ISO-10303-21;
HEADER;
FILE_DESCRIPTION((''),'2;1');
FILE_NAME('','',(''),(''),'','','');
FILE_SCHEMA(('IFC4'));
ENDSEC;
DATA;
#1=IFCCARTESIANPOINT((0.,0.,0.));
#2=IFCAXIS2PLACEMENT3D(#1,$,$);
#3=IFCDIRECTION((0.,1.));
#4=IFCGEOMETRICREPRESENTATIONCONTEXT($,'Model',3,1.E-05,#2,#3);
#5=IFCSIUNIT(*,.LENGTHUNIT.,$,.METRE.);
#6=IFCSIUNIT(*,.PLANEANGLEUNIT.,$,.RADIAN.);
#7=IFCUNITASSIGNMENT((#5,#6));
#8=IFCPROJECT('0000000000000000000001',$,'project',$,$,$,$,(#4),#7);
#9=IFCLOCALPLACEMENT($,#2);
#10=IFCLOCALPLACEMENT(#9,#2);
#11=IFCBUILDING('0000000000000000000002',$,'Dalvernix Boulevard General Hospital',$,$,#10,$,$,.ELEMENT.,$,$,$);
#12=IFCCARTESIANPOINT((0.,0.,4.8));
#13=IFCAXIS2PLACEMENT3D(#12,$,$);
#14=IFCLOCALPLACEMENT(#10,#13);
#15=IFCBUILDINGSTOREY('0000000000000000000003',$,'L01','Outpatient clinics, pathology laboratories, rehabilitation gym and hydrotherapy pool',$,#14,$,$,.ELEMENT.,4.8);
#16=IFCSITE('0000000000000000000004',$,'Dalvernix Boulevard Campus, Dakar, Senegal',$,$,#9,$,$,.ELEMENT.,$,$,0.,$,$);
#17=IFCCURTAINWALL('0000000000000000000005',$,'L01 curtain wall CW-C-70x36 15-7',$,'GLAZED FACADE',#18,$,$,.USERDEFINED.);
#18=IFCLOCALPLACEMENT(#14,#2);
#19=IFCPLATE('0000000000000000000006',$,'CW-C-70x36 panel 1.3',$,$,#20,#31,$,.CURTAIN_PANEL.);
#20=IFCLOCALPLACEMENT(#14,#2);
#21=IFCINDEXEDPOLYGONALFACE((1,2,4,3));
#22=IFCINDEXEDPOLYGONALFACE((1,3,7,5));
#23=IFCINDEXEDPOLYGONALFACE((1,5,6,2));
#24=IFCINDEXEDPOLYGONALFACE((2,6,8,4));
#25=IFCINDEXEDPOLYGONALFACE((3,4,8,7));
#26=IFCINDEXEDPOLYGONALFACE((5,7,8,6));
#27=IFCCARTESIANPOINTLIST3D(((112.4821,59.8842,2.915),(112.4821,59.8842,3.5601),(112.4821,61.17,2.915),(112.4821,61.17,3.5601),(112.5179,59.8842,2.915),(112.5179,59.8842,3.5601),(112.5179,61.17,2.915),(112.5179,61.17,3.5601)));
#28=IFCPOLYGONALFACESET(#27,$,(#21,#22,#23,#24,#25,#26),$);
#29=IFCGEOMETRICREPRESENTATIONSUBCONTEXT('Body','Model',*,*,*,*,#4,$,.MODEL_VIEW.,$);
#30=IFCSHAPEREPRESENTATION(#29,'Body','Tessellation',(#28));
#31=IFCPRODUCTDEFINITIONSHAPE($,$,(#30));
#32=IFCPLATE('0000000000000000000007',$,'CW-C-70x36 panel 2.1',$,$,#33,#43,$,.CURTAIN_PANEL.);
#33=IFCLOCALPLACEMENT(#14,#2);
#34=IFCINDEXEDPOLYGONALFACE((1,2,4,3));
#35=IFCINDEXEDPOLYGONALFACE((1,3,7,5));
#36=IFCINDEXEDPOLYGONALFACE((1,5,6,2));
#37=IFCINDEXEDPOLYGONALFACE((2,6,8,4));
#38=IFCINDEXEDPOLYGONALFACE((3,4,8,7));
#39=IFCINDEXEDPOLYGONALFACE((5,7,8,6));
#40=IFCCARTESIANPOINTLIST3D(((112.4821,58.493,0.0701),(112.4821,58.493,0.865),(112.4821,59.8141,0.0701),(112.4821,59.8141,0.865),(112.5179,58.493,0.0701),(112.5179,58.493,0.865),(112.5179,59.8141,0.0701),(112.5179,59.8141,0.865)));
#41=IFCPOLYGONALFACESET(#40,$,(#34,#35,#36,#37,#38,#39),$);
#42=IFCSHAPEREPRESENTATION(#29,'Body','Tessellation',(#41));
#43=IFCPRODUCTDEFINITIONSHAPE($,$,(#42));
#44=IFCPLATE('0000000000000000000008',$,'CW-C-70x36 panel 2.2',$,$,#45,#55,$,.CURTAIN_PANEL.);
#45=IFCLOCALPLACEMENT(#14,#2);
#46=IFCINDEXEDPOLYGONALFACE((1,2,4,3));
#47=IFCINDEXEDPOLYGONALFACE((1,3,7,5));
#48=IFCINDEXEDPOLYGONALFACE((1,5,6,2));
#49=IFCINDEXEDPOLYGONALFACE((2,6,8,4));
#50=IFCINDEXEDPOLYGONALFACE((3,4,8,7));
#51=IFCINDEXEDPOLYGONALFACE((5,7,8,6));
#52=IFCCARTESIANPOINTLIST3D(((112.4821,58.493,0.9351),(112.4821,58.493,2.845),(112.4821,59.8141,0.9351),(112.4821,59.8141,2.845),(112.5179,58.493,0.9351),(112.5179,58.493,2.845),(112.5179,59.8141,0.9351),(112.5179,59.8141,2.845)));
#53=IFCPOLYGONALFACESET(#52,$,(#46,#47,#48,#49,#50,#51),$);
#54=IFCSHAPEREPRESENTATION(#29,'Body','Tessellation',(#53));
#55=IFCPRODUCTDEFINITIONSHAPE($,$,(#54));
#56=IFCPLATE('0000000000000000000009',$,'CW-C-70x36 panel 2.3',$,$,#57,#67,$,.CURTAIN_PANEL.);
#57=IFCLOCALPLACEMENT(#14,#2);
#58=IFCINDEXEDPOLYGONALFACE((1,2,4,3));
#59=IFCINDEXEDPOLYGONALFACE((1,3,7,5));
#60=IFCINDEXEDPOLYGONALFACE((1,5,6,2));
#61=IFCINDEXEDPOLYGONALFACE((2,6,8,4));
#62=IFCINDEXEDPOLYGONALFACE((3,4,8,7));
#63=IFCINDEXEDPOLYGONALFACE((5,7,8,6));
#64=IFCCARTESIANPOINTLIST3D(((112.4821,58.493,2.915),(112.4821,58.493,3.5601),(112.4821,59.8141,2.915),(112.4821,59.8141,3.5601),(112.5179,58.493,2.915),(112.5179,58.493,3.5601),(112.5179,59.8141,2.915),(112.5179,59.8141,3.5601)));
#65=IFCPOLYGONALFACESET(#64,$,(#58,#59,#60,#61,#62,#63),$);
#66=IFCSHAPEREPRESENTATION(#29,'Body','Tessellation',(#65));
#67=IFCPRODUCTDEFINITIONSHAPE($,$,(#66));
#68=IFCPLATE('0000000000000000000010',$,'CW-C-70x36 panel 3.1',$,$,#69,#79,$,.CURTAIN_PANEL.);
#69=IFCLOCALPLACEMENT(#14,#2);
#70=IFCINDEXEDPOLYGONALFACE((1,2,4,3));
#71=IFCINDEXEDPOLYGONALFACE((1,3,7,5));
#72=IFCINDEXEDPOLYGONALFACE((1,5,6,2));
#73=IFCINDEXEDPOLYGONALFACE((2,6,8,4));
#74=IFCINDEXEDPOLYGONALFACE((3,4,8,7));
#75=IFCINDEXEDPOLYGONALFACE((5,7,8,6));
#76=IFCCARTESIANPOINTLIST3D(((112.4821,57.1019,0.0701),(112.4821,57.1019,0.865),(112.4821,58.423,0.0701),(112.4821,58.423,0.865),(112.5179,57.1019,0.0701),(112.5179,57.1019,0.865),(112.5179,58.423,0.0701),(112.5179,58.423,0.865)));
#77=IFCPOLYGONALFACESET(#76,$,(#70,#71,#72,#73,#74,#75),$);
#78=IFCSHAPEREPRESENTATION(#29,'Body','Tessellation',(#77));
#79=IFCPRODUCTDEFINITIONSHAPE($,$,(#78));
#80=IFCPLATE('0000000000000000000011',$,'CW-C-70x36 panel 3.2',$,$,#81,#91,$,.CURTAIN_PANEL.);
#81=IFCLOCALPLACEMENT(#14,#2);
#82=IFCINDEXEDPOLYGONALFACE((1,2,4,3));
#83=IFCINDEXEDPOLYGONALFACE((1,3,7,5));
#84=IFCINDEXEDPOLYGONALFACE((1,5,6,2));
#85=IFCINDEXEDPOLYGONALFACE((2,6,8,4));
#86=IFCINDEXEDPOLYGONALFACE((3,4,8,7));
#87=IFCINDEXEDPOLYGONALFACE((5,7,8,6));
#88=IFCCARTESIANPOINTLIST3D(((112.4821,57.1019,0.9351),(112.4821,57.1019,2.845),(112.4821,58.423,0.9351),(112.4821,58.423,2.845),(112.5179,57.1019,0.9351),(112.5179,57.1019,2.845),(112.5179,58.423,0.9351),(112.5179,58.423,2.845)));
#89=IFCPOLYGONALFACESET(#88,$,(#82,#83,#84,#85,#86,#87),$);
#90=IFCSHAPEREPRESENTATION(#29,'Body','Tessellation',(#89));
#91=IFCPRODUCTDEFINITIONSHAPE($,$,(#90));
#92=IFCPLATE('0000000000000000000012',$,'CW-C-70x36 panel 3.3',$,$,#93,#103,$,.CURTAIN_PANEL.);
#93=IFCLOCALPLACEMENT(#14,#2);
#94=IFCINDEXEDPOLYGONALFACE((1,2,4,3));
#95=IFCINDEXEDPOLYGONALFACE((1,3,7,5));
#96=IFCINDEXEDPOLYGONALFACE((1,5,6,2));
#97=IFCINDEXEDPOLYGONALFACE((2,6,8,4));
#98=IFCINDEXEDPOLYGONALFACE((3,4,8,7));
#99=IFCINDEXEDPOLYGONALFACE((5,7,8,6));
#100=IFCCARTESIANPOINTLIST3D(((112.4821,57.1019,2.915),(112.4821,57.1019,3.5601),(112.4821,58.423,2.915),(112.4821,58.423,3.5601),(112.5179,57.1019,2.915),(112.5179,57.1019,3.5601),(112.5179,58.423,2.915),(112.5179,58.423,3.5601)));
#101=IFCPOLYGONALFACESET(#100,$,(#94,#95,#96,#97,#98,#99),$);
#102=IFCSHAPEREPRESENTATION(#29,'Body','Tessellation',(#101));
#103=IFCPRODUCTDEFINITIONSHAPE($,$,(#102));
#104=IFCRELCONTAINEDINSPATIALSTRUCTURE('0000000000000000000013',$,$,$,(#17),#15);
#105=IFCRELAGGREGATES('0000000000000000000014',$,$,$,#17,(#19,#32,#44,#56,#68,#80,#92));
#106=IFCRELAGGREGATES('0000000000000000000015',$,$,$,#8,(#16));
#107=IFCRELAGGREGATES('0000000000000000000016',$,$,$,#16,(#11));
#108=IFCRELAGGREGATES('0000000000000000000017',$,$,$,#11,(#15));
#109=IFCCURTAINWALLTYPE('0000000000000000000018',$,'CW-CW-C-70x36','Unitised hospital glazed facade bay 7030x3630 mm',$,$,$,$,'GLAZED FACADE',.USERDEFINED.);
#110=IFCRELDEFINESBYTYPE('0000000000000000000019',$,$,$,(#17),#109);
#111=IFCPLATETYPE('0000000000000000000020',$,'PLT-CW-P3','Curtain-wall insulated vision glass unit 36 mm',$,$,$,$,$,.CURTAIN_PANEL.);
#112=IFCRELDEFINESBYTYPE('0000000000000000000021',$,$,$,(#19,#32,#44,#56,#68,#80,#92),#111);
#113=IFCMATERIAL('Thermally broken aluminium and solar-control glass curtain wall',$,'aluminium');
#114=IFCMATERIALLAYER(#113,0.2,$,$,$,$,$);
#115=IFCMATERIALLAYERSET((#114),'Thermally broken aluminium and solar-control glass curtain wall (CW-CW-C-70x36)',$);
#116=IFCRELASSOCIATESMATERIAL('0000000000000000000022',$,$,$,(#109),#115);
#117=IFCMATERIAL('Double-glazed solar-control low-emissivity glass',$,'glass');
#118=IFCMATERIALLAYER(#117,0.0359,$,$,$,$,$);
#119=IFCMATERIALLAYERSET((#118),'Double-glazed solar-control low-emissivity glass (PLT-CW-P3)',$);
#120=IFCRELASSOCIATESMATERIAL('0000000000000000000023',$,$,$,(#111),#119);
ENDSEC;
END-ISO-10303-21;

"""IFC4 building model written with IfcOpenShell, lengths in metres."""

from ifc_helpers import new_model, si_unit, direction, frame, origin, origin_2d, place, context, subcontext, project, spatial, rectangle, extrude, material, layer, layer_set, type_object, element, aggregate, save


model = new_model("IFC4")

# Units and contexts
model_context = context("Model", 3, precision=1e-05, world=origin(), true_north=direction((0.0, 1.0)))
body_context = subcontext(model_context, "Body", "Model", "MODEL_VIEW")
ifc_project = project(units=[si_unit("LENGTHUNIT", "METRE"), si_unit("PLANEANGLEUNIT", "RADIAN")], contexts=[model_context])

# Site, building, storey
site_placement = place(None, origin())
site = spatial("IfcSite", under=ifc_project, at=site_placement, Name="Dalvernix Boulevard Campus, Dakar, Senegal", CompositionType="ELEMENT", RefElevation=0.0)
building_placement = place(site_placement, origin())
building = spatial("IfcBuilding", under=site, at=building_placement, Name="Dalvernix Boulevard General Hospital", CompositionType="ELEMENT")
storey_placement = place(building_placement, frame((0.0, 0.0, 4.8)))
storey = spatial("IfcBuildingStorey", under=building, at=storey_placement, Name="L01", Description="Outpatient clinics, pathology laboratories, rehabilitation gym and hydrotherapy pool", CompositionType="ELEMENT", Elevation=4.8)

# Curtain wall, plates
ifc_material_1 = material(Name="Thermally broken aluminium and solar-control glass curtain wall", Category="aluminium")
ifc_layer_1 = layer(ifc_material_1, 0.2)
ifc_layer_set_1 = layer_set([ifc_layer_1], Name="Thermally broken aluminium and solar-control glass curtain wall (CW-CW-C-70x36)")
curtain_wall_type = type_object("IfcCurtainWallType", Name="CW-CW-C-70x36", Description="Unitised hospital glazed facade bay 7030x3630 mm", ElementType="GLAZED FACADE", PredefinedType="USERDEFINED", material=ifc_layer_set_1)
curtain_wall_placement = place(storey_placement, origin())
curtain_wall = element("IfcCurtainWall", 1, at=curtain_wall_placement, inside=storey, type_object=curtain_wall_type, Name="L01 curtain wall CW-C-70x36 15-7", ObjectType="GLAZED FACADE", PredefinedType="USERDEFINED")
ifc_material_2 = material(Name="Double-glazed solar-control low-emissivity glass", Category="glass")
ifc_layer_2 = layer(ifc_material_2, 0.0359)
ifc_layer_set_2 = layer_set([ifc_layer_2], Name="Double-glazed solar-control low-emissivity glass (PLT-CW-P3)")
plate_type = type_object("IfcPlateType", Name="PLT-CW-P3", Description="Curtain-wall insulated vision glass unit 36 mm", PredefinedType="CURTAIN_PANEL", material=ifc_layer_set_2)
plate_1_placement = place(storey_placement, frame((112.5, 60.5271, 2.915), z_axis=(0.0, 0.0, 1.0), x_axis=(0.0, -1.0, 0.0)))
plate_1 = element("IfcPlate", 2, at=plate_1_placement, type_object=plate_type, Name="CW-C-70x36 panel 1.3", PredefinedType="CURTAIN_PANEL", context=body_context, shape_type="SweptSolid", body=[
    extrude(rectangle(XDim=1.2859, YDim=0.0359, at=origin_2d()), origin(), (0.0, 0.0, 1.0), 0.645),
])
plate_2_placement = place(storey_placement, frame((112.5, 59.1536, 0.0701), z_axis=(0.0, 0.0, 1.0), x_axis=(0.0, -1.0, 0.0)))
plate_2 = element("IfcPlate", 3, at=plate_2_placement, type_object=plate_type, Name="CW-C-70x36 panel 2.1", PredefinedType="CURTAIN_PANEL", context=body_context, shape_type="SweptSolid", body=[
    extrude(rectangle(XDim=1.321, YDim=0.0359, at=origin_2d()), origin(), (0.0, 0.0, 1.0), 0.7949),
])
plate_3_placement = place(storey_placement, frame((112.5, 59.1536, 0.9351), z_axis=(0.0, 0.0, 1.0), x_axis=(0.0, -1.0, 0.0)))
plate_3 = element("IfcPlate", 4, at=plate_3_placement, type_object=plate_type, Name="CW-C-70x36 panel 2.2", PredefinedType="CURTAIN_PANEL", context=body_context, shape_type="SweptSolid", body=[
    extrude(rectangle(XDim=1.321, YDim=0.0359, at=origin_2d()), origin(), (0.0, 0.0, 1.0), 1.9099),
])
plate_4_placement = place(storey_placement, frame((112.5, 59.1536, 2.915), z_axis=(0.0, 0.0, 1.0), x_axis=(0.0, -1.0, 0.0)))
plate_4 = element("IfcPlate", 5, at=plate_4_placement, type_object=plate_type, Name="CW-C-70x36 panel 2.3", PredefinedType="CURTAIN_PANEL", context=body_context, shape_type="SweptSolid", body=[
    extrude(rectangle(XDim=1.321, YDim=0.0359, at=origin_2d()), origin(), (0.0, 0.0, 1.0), 0.645),
])
plate_5_placement = place(storey_placement, frame((112.5, 57.7625, 0.0701), z_axis=(0.0, 0.0, 1.0), x_axis=(0.0, -1.0, 0.0)))
plate_5 = element("IfcPlate", 6, at=plate_5_placement, type_object=plate_type, Name="CW-C-70x36 panel 3.1", PredefinedType="CURTAIN_PANEL", context=body_context, shape_type="SweptSolid", body=[
    extrude(rectangle(XDim=1.321, YDim=0.0359, at=origin_2d()), origin(), (0.0, 0.0, 1.0), 0.7949),
])
plate_6_placement = place(storey_placement, frame((112.5, 57.7625, 0.9351), z_axis=(0.0, 0.0, 1.0), x_axis=(0.0, -1.0, 0.0)))
plate_6 = element("IfcPlate", 7, at=plate_6_placement, type_object=plate_type, Name="CW-C-70x36 panel 3.2", PredefinedType="CURTAIN_PANEL", context=body_context, shape_type="SweptSolid", body=[
    extrude(rectangle(XDim=1.321, YDim=0.0359, at=origin_2d()), origin(), (0.0, 0.0, 1.0), 1.9099),
])
plate_7_placement = place(storey_placement, frame((112.5, 57.7625, 2.915), z_axis=(0.0, 0.0, 1.0), x_axis=(0.0, -1.0, 0.0)))
plate_7 = element("IfcPlate", 8, at=plate_7_placement, type_object=plate_type, Name="CW-C-70x36 panel 3.3", PredefinedType="CURTAIN_PANEL", context=body_context, shape_type="SweptSolid", body=[
    extrude(rectangle(XDim=1.321, YDim=0.0359, at=origin_2d()), origin(), (0.0, 0.0, 1.0), 0.645),
])
aggregate(curtain_wall, [plate_1, plate_2, plate_3, plate_4, plate_5, plate_6, plate_7])

save(model, "model.ifc")
